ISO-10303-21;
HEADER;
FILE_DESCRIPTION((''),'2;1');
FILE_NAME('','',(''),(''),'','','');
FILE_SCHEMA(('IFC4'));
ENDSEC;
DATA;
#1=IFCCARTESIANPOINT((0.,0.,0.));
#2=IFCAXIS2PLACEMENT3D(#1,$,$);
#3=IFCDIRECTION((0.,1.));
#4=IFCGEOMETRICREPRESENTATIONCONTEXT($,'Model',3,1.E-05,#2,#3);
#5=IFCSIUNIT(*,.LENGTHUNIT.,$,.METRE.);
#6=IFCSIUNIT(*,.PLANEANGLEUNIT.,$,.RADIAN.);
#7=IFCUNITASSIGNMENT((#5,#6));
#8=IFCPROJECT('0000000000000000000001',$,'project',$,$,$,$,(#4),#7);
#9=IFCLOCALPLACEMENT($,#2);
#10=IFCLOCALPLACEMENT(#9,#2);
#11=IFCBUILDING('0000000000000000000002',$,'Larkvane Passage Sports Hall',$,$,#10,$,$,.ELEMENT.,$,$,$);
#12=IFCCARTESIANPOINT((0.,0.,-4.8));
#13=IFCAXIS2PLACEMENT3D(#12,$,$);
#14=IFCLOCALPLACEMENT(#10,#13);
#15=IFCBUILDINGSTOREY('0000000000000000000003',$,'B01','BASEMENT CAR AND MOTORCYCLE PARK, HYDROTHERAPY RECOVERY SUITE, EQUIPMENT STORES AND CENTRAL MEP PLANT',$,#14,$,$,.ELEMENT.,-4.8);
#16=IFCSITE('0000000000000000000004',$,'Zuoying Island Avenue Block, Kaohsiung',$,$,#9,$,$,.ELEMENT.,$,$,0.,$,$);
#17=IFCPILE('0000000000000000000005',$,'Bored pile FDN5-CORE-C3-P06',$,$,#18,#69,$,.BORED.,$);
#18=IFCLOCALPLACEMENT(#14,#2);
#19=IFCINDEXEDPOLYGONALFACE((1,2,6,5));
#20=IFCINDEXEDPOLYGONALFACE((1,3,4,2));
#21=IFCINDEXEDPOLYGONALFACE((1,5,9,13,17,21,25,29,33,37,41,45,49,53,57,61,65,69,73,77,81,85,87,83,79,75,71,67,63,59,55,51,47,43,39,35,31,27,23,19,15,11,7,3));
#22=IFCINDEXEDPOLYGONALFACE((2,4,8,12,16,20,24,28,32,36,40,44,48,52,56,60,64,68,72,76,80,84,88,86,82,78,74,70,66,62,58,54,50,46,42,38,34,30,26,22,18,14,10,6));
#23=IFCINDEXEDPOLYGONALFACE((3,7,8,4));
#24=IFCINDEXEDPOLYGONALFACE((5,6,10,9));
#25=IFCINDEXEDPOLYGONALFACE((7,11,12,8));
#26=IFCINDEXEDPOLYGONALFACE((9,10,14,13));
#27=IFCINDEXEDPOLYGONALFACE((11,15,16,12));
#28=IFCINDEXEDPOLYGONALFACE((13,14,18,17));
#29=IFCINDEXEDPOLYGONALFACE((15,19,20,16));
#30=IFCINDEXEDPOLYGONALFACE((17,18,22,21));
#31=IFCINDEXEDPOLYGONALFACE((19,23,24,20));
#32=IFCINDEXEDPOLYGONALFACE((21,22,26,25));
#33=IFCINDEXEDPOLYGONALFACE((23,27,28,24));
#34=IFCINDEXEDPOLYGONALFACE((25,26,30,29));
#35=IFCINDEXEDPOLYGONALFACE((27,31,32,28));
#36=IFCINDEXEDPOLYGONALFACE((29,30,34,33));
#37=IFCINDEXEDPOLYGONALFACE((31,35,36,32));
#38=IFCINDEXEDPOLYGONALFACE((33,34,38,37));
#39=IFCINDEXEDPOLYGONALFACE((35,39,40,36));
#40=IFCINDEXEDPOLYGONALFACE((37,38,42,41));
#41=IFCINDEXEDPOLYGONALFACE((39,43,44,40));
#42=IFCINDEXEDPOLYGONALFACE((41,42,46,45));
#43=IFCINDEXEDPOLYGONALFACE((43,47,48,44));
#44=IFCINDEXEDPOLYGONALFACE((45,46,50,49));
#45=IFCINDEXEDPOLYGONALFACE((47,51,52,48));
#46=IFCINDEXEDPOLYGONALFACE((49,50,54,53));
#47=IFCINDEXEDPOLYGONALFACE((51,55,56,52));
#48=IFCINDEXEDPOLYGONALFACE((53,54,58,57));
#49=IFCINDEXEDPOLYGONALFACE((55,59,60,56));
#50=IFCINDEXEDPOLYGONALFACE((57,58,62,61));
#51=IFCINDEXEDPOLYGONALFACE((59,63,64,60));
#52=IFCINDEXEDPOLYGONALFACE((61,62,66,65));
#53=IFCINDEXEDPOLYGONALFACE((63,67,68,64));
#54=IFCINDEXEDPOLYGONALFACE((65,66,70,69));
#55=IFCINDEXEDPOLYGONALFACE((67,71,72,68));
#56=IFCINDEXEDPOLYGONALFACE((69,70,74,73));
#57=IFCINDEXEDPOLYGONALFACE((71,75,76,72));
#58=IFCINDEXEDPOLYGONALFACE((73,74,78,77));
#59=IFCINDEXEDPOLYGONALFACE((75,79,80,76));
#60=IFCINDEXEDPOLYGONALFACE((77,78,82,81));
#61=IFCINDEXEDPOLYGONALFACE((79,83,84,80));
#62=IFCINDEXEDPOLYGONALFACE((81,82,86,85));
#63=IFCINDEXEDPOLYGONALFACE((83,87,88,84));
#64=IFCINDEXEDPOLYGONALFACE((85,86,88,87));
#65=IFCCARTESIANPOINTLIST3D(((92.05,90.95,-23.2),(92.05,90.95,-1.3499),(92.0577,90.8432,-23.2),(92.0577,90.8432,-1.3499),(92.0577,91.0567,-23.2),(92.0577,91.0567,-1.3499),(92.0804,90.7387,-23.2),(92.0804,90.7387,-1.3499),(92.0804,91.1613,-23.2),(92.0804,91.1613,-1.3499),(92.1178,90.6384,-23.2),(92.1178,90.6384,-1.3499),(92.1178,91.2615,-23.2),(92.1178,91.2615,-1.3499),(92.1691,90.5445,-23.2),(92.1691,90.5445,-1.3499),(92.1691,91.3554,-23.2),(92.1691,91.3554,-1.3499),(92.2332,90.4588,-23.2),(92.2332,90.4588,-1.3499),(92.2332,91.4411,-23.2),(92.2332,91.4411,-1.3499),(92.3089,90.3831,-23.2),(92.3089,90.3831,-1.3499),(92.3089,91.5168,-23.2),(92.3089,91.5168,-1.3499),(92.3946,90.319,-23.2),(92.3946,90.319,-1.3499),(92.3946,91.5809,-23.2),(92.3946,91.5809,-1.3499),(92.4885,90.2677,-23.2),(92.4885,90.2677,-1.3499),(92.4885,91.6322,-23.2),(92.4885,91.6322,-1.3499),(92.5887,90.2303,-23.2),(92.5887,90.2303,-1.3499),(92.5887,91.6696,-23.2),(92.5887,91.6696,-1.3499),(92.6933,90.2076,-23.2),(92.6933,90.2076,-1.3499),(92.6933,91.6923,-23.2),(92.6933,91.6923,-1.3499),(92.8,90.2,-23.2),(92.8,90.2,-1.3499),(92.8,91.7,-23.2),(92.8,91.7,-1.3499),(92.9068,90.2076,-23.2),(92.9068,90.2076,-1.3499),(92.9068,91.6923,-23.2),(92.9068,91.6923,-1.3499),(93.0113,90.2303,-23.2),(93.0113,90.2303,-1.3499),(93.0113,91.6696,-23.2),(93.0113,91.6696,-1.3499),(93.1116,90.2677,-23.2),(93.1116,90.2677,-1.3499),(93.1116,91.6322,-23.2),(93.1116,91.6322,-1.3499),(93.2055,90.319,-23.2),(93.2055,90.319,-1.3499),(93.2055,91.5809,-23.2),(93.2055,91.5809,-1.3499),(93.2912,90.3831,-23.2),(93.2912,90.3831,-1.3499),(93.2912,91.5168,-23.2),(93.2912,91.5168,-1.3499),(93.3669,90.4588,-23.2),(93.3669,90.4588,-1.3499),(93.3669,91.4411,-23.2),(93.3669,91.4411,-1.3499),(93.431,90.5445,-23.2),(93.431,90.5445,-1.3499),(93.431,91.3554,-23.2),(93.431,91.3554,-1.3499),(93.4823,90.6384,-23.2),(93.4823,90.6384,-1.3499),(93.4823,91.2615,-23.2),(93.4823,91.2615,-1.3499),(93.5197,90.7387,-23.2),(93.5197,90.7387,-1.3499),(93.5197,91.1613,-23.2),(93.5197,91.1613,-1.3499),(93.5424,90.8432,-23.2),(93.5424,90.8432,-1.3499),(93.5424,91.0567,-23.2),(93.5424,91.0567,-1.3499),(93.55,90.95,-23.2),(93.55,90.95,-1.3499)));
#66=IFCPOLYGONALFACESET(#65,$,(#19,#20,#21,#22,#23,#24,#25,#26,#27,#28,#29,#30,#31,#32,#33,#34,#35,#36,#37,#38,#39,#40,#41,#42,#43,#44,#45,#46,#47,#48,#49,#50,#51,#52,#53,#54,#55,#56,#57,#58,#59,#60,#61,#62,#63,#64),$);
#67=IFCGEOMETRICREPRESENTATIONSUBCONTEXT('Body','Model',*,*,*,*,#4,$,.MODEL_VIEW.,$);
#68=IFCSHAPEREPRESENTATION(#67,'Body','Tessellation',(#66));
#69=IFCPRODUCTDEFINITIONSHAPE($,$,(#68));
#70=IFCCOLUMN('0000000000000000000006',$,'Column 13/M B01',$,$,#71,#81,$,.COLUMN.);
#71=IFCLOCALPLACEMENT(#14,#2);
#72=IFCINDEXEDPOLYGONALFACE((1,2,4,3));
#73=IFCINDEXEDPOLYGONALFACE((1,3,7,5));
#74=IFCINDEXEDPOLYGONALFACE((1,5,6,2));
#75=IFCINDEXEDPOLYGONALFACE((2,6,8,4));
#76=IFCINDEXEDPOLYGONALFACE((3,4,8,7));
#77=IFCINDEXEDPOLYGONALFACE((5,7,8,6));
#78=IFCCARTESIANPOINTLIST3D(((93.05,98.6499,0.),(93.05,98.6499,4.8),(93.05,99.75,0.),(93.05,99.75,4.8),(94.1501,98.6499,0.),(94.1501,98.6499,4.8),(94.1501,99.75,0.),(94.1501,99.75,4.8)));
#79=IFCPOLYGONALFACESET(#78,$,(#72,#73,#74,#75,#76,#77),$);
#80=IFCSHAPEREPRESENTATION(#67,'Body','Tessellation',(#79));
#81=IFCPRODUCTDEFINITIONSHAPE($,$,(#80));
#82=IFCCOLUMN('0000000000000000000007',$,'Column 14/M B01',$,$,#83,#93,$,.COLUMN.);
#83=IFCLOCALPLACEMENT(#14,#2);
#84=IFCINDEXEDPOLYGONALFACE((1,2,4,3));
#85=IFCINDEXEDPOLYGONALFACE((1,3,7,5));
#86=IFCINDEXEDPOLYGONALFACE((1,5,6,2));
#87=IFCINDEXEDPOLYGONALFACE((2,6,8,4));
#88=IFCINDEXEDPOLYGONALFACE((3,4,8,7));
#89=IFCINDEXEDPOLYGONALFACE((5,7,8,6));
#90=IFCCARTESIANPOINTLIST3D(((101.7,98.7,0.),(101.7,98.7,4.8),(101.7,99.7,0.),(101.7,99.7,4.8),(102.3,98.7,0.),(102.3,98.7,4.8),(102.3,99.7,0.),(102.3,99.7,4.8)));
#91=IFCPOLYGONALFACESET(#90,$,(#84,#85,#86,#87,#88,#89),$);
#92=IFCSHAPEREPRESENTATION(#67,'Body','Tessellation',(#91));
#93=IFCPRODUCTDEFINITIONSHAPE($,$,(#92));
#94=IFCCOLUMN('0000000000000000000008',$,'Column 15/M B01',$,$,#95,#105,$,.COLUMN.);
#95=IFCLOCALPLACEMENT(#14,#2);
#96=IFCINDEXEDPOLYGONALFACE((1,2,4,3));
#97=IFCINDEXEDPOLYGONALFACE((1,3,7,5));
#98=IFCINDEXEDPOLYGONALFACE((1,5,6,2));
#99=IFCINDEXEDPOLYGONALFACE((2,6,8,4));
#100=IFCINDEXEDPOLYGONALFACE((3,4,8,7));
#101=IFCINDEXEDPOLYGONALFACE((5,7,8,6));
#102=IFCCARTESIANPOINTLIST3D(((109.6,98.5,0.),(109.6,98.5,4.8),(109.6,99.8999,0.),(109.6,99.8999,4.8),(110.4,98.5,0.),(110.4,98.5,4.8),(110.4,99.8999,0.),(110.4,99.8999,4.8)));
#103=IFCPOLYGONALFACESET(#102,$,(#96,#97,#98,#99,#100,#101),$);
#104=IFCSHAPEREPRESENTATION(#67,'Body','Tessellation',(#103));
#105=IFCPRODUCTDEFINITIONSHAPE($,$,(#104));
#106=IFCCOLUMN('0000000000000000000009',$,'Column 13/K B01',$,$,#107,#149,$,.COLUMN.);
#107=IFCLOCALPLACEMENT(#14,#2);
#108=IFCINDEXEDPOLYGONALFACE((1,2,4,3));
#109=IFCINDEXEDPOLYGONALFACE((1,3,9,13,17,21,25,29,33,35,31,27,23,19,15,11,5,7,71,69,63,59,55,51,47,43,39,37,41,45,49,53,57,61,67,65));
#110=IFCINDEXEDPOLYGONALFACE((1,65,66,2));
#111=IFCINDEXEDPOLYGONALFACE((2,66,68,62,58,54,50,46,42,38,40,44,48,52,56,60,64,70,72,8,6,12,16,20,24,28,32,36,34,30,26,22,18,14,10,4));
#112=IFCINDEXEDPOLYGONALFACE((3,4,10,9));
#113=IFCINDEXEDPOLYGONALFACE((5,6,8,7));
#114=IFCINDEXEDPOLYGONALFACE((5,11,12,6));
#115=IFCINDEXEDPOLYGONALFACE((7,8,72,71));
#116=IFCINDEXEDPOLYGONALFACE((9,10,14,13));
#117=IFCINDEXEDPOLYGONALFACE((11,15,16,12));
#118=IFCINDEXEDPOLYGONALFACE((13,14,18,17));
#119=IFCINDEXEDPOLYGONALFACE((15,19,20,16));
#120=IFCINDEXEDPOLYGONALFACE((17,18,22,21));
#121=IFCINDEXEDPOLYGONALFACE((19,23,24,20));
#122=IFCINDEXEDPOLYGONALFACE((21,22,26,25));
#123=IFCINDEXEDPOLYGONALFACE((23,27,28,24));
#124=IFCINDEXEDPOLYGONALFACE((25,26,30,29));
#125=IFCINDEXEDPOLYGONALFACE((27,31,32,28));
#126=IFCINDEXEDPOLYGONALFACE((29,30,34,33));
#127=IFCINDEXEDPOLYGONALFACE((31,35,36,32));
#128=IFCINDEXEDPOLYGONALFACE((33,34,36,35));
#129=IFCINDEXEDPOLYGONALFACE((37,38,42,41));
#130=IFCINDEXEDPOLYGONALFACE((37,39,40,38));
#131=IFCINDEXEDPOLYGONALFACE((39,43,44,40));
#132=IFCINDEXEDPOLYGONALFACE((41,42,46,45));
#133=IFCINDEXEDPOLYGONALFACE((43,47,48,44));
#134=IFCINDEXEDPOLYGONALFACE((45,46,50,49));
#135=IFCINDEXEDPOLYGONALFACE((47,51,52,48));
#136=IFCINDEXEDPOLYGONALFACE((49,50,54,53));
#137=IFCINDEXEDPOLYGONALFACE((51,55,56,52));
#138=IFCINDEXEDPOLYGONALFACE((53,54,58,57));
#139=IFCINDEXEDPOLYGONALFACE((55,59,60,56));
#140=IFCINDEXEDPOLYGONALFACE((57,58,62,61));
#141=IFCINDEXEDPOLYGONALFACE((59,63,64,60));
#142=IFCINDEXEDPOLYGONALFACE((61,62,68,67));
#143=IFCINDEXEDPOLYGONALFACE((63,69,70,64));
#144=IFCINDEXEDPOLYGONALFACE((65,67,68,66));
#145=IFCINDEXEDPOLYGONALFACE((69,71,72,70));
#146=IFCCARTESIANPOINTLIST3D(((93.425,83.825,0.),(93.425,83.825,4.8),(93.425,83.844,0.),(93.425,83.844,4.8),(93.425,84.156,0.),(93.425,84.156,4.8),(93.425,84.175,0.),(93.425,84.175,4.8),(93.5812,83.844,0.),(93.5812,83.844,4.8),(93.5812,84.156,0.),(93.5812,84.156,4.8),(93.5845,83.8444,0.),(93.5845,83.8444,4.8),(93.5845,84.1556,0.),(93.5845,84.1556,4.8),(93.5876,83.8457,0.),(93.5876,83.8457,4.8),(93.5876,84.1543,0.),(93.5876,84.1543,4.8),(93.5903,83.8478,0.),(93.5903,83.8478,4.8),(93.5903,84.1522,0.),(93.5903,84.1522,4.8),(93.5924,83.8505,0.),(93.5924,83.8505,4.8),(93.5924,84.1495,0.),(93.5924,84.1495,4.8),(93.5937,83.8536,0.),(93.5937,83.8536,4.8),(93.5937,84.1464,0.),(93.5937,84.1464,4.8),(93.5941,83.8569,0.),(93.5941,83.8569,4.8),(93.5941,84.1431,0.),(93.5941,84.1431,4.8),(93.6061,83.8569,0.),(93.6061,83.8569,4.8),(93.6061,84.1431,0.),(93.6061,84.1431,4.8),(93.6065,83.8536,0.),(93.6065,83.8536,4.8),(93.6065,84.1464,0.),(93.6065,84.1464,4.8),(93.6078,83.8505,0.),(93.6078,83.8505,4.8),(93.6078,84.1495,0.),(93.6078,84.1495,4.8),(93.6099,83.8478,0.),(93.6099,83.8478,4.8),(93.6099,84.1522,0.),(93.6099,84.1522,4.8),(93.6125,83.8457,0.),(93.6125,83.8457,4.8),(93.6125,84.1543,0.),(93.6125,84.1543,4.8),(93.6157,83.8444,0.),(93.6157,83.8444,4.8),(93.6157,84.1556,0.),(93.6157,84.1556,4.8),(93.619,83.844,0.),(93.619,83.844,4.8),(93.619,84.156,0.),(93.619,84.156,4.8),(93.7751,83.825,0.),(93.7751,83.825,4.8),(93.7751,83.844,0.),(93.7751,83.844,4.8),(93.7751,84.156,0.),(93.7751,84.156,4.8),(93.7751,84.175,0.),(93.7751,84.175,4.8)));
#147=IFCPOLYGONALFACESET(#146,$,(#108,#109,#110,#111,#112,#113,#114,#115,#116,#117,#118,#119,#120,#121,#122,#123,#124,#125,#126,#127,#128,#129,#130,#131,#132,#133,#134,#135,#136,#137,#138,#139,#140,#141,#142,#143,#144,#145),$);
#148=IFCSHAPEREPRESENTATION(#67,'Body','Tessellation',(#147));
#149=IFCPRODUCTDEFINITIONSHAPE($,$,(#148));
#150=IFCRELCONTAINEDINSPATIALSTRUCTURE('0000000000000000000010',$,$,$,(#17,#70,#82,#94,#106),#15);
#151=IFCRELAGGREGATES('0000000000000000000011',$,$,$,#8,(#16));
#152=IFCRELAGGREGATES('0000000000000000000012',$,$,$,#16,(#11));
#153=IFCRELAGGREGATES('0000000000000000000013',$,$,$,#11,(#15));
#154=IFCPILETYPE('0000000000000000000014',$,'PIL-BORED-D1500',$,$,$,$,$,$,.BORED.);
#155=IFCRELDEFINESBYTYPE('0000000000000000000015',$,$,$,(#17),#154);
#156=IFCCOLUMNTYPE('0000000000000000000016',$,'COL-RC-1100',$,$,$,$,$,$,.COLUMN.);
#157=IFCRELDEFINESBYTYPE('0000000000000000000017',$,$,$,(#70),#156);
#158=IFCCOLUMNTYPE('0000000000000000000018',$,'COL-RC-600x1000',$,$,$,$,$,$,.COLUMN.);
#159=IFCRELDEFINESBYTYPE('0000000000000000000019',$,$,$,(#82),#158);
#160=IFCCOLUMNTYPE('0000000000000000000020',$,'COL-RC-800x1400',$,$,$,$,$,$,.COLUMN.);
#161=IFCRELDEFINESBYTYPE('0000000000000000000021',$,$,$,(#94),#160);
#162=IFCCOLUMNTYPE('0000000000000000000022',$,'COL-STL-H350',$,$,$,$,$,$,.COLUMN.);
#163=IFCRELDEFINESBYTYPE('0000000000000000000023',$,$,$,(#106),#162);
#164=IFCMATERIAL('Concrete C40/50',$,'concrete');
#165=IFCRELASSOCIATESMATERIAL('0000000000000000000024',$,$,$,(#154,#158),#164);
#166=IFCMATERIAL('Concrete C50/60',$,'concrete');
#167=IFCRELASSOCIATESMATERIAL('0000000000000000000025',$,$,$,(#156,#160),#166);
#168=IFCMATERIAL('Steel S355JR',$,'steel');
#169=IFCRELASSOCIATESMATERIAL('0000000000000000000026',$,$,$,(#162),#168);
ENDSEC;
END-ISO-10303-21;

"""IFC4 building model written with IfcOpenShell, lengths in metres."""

from ifc_helpers import new_model, si_unit, direction, frame, origin, origin_2d, place, context, subcontext, project, spatial, rectangle, circle, i_section, extrude, material, material_profile, profile_set, type_object, element, save


model = new_model("IFC4")

# Units and contexts
model_context = context("Model", 3, precision=1e-05, world=origin(), true_north=direction((0.0, 1.0)))
body_context = subcontext(model_context, "Body", "Model", "MODEL_VIEW")
ifc_project = project(units=[si_unit("LENGTHUNIT", "METRE"), si_unit("PLANEANGLEUNIT", "RADIAN")], contexts=[model_context])

# Site, building, storey
site_placement = place(None, origin())
site = spatial("IfcSite", under=ifc_project, at=site_placement, Name="Zuoying Island Avenue Block, Kaohsiung", CompositionType="ELEMENT", RefElevation=0.0)
building_placement = place(site_placement, origin())
building = spatial("IfcBuilding", under=site, at=building_placement, Name="Larkvane Passage Sports Hall", CompositionType="ELEMENT")
storey_placement = place(building_placement, frame((0.0, 0.0, -4.8)))
storey = spatial("IfcBuildingStorey", under=building, at=storey_placement, Name="B01", Description="BASEMENT CAR AND MOTORCYCLE PARK, HYDROTHERAPY RECOVERY SUITE, EQUIPMENT STORES AND CENTRAL MEP PLANT", CompositionType="ELEMENT", Elevation=-4.8)

# Shared definitions
ifc_material_1 = material(Name="Concrete C40/50", Category="concrete")

# Pile
ifc_material_profile_1 = material_profile(ifc_material_1, circle(Radius=0.75, at=origin_2d()), Name="PILE-D1500")
ifc_profile_set_1 = profile_set([ifc_material_profile_1], Name="Concrete C40/50")
pile_type_1 = type_object("IfcPileType", Name="PIL-BORED-D1500", PredefinedType="BORED", material=ifc_profile_set_1)
for number, where, z_axis, x_axis, name in (
    (1, (92.8, 90.95, -1.3499), (0.0, 0.0, -1.0), (1.0, 0.0, 0.0), "Bored pile FDN5-CORE-C3-P06"),
):
    element("IfcPile", number, at=place(storey_placement, frame(where, z_axis=z_axis, x_axis=x_axis)), inside=storey, type_object=pile_type_1, Name=name, PredefinedType="BORED", context=body_context, shape_type="SweptSolid", body=[
        extrude(circle(Radius=0.75, at=origin_2d()), origin(), (0.0, 0.0, 1.0), 21.8501),
    ])

# Columns
ifc_material_2 = material(Name="Concrete C50/60", Category="concrete")
ifc_material_profile_2 = material_profile(ifc_material_2, rectangle(XDim=1.1001, YDim=1.1001, at=origin_2d()), Name="RC-COL-1100x1100")
ifc_profile_set_2 = profile_set([ifc_material_profile_2], Name="Concrete C50/60")
column_type_1 = type_object("IfcColumnType", Name="COL-RC-1100", PredefinedType="COLUMN", material=ifc_profile_set_2)
column_1_placement = place(storey_placement, frame((93.6001, 99.2, 0.0), z_axis=(0.0, 0.0, 1.0), x_axis=(1.0, 0.0, 0.0)))
element("IfcColumn", 2, at=column_1_placement, inside=storey, type_object=column_type_1, Name="Column 13/M B01", PredefinedType="COLUMN", context=body_context, shape_type="SweptSolid", body=[
    extrude(rectangle(XDim=1.1001, YDim=1.1001, at=origin_2d()), origin(), (0.0, 0.0, 1.0), 4.8),
])
ifc_material_profile_3 = material_profile(ifc_material_1, rectangle(XDim=0.6001, YDim=1.0, at=origin_2d()), Name="RC-COL-600x1000")
ifc_profile_set_3 = profile_set([ifc_material_profile_3], Name="Concrete C40/50")
column_type_2 = type_object("IfcColumnType", Name="COL-RC-600x1000", PredefinedType="COLUMN", material=ifc_profile_set_3)
column_2_placement = place(storey_placement, frame((102.0, 99.2, 0.0), z_axis=(0.0, 0.0, 1.0), x_axis=(1.0, 0.0, 0.0)))
element("IfcColumn", 3, at=column_2_placement, inside=storey, type_object=column_type_2, Name="Column 14/M B01", PredefinedType="COLUMN", context=body_context, shape_type="SweptSolid", body=[
    extrude(rectangle(XDim=0.6001, YDim=1.0, at=origin_2d()), origin(), (0.0, 0.0, 1.0), 4.8),
])
ifc_material_profile_4 = material_profile(ifc_material_2, rectangle(XDim=0.8, YDim=1.3999, at=origin_2d()), Name="RC-COL-800x1400")
ifc_profile_set_4 = profile_set([ifc_material_profile_4], Name="Concrete C50/60")
column_type_3 = type_object("IfcColumnType", Name="COL-RC-800x1400", PredefinedType="COLUMN", material=ifc_profile_set_4)
column_3_placement = place(storey_placement, frame((110.0, 99.2, 0.0), z_axis=(0.0, 0.0, 1.0), x_axis=(1.0, 0.0, 0.0)))
element("IfcColumn", 4, at=column_3_placement, inside=storey, type_object=column_type_3, Name="Column 15/M B01", PredefinedType="COLUMN", context=body_context, shape_type="SweptSolid", body=[
    extrude(rectangle(XDim=0.8, YDim=1.3999, at=origin_2d()), origin(), (0.0, 0.0, 1.0), 4.8),
])
ifc_material_3 = material(Name="Steel S355JR", Category="steel")
ifc_material_profile_5 = material_profile(ifc_material_3, i_section(OverallWidth=0.3501, OverallDepth=0.3501, WebThickness=0.012, FlangeThickness=0.019, FilletRadius=0.0129, at=origin_2d()), Name="H-350x350x12x19")
ifc_profile_set_5 = profile_set([ifc_material_profile_5], Name="Steel S355JR")
column_type_4 = type_object("IfcColumnType", Name="COL-STL-H350", PredefinedType="COLUMN", material=ifc_profile_set_5)
column_4_placement = place(storey_placement, frame((93.6001, 84.0, 0.0), z_axis=(0.0, 0.0, 1.0), x_axis=(1.0, 0.0, 0.0)))
element("IfcColumn", 5, at=column_4_placement, inside=storey, type_object=column_type_4, Name="Column 13/K B01", PredefinedType="COLUMN", context=body_context, shape_type="SweptSolid", body=[
    extrude(i_section(OverallWidth=0.3501, OverallDepth=0.3501, WebThickness=0.012, FlangeThickness=0.019, FilletRadius=0.0129, at=origin_2d()), origin(), (0.0, 0.0, 1.0), 4.8),
])

save(model, "model.ifc")
